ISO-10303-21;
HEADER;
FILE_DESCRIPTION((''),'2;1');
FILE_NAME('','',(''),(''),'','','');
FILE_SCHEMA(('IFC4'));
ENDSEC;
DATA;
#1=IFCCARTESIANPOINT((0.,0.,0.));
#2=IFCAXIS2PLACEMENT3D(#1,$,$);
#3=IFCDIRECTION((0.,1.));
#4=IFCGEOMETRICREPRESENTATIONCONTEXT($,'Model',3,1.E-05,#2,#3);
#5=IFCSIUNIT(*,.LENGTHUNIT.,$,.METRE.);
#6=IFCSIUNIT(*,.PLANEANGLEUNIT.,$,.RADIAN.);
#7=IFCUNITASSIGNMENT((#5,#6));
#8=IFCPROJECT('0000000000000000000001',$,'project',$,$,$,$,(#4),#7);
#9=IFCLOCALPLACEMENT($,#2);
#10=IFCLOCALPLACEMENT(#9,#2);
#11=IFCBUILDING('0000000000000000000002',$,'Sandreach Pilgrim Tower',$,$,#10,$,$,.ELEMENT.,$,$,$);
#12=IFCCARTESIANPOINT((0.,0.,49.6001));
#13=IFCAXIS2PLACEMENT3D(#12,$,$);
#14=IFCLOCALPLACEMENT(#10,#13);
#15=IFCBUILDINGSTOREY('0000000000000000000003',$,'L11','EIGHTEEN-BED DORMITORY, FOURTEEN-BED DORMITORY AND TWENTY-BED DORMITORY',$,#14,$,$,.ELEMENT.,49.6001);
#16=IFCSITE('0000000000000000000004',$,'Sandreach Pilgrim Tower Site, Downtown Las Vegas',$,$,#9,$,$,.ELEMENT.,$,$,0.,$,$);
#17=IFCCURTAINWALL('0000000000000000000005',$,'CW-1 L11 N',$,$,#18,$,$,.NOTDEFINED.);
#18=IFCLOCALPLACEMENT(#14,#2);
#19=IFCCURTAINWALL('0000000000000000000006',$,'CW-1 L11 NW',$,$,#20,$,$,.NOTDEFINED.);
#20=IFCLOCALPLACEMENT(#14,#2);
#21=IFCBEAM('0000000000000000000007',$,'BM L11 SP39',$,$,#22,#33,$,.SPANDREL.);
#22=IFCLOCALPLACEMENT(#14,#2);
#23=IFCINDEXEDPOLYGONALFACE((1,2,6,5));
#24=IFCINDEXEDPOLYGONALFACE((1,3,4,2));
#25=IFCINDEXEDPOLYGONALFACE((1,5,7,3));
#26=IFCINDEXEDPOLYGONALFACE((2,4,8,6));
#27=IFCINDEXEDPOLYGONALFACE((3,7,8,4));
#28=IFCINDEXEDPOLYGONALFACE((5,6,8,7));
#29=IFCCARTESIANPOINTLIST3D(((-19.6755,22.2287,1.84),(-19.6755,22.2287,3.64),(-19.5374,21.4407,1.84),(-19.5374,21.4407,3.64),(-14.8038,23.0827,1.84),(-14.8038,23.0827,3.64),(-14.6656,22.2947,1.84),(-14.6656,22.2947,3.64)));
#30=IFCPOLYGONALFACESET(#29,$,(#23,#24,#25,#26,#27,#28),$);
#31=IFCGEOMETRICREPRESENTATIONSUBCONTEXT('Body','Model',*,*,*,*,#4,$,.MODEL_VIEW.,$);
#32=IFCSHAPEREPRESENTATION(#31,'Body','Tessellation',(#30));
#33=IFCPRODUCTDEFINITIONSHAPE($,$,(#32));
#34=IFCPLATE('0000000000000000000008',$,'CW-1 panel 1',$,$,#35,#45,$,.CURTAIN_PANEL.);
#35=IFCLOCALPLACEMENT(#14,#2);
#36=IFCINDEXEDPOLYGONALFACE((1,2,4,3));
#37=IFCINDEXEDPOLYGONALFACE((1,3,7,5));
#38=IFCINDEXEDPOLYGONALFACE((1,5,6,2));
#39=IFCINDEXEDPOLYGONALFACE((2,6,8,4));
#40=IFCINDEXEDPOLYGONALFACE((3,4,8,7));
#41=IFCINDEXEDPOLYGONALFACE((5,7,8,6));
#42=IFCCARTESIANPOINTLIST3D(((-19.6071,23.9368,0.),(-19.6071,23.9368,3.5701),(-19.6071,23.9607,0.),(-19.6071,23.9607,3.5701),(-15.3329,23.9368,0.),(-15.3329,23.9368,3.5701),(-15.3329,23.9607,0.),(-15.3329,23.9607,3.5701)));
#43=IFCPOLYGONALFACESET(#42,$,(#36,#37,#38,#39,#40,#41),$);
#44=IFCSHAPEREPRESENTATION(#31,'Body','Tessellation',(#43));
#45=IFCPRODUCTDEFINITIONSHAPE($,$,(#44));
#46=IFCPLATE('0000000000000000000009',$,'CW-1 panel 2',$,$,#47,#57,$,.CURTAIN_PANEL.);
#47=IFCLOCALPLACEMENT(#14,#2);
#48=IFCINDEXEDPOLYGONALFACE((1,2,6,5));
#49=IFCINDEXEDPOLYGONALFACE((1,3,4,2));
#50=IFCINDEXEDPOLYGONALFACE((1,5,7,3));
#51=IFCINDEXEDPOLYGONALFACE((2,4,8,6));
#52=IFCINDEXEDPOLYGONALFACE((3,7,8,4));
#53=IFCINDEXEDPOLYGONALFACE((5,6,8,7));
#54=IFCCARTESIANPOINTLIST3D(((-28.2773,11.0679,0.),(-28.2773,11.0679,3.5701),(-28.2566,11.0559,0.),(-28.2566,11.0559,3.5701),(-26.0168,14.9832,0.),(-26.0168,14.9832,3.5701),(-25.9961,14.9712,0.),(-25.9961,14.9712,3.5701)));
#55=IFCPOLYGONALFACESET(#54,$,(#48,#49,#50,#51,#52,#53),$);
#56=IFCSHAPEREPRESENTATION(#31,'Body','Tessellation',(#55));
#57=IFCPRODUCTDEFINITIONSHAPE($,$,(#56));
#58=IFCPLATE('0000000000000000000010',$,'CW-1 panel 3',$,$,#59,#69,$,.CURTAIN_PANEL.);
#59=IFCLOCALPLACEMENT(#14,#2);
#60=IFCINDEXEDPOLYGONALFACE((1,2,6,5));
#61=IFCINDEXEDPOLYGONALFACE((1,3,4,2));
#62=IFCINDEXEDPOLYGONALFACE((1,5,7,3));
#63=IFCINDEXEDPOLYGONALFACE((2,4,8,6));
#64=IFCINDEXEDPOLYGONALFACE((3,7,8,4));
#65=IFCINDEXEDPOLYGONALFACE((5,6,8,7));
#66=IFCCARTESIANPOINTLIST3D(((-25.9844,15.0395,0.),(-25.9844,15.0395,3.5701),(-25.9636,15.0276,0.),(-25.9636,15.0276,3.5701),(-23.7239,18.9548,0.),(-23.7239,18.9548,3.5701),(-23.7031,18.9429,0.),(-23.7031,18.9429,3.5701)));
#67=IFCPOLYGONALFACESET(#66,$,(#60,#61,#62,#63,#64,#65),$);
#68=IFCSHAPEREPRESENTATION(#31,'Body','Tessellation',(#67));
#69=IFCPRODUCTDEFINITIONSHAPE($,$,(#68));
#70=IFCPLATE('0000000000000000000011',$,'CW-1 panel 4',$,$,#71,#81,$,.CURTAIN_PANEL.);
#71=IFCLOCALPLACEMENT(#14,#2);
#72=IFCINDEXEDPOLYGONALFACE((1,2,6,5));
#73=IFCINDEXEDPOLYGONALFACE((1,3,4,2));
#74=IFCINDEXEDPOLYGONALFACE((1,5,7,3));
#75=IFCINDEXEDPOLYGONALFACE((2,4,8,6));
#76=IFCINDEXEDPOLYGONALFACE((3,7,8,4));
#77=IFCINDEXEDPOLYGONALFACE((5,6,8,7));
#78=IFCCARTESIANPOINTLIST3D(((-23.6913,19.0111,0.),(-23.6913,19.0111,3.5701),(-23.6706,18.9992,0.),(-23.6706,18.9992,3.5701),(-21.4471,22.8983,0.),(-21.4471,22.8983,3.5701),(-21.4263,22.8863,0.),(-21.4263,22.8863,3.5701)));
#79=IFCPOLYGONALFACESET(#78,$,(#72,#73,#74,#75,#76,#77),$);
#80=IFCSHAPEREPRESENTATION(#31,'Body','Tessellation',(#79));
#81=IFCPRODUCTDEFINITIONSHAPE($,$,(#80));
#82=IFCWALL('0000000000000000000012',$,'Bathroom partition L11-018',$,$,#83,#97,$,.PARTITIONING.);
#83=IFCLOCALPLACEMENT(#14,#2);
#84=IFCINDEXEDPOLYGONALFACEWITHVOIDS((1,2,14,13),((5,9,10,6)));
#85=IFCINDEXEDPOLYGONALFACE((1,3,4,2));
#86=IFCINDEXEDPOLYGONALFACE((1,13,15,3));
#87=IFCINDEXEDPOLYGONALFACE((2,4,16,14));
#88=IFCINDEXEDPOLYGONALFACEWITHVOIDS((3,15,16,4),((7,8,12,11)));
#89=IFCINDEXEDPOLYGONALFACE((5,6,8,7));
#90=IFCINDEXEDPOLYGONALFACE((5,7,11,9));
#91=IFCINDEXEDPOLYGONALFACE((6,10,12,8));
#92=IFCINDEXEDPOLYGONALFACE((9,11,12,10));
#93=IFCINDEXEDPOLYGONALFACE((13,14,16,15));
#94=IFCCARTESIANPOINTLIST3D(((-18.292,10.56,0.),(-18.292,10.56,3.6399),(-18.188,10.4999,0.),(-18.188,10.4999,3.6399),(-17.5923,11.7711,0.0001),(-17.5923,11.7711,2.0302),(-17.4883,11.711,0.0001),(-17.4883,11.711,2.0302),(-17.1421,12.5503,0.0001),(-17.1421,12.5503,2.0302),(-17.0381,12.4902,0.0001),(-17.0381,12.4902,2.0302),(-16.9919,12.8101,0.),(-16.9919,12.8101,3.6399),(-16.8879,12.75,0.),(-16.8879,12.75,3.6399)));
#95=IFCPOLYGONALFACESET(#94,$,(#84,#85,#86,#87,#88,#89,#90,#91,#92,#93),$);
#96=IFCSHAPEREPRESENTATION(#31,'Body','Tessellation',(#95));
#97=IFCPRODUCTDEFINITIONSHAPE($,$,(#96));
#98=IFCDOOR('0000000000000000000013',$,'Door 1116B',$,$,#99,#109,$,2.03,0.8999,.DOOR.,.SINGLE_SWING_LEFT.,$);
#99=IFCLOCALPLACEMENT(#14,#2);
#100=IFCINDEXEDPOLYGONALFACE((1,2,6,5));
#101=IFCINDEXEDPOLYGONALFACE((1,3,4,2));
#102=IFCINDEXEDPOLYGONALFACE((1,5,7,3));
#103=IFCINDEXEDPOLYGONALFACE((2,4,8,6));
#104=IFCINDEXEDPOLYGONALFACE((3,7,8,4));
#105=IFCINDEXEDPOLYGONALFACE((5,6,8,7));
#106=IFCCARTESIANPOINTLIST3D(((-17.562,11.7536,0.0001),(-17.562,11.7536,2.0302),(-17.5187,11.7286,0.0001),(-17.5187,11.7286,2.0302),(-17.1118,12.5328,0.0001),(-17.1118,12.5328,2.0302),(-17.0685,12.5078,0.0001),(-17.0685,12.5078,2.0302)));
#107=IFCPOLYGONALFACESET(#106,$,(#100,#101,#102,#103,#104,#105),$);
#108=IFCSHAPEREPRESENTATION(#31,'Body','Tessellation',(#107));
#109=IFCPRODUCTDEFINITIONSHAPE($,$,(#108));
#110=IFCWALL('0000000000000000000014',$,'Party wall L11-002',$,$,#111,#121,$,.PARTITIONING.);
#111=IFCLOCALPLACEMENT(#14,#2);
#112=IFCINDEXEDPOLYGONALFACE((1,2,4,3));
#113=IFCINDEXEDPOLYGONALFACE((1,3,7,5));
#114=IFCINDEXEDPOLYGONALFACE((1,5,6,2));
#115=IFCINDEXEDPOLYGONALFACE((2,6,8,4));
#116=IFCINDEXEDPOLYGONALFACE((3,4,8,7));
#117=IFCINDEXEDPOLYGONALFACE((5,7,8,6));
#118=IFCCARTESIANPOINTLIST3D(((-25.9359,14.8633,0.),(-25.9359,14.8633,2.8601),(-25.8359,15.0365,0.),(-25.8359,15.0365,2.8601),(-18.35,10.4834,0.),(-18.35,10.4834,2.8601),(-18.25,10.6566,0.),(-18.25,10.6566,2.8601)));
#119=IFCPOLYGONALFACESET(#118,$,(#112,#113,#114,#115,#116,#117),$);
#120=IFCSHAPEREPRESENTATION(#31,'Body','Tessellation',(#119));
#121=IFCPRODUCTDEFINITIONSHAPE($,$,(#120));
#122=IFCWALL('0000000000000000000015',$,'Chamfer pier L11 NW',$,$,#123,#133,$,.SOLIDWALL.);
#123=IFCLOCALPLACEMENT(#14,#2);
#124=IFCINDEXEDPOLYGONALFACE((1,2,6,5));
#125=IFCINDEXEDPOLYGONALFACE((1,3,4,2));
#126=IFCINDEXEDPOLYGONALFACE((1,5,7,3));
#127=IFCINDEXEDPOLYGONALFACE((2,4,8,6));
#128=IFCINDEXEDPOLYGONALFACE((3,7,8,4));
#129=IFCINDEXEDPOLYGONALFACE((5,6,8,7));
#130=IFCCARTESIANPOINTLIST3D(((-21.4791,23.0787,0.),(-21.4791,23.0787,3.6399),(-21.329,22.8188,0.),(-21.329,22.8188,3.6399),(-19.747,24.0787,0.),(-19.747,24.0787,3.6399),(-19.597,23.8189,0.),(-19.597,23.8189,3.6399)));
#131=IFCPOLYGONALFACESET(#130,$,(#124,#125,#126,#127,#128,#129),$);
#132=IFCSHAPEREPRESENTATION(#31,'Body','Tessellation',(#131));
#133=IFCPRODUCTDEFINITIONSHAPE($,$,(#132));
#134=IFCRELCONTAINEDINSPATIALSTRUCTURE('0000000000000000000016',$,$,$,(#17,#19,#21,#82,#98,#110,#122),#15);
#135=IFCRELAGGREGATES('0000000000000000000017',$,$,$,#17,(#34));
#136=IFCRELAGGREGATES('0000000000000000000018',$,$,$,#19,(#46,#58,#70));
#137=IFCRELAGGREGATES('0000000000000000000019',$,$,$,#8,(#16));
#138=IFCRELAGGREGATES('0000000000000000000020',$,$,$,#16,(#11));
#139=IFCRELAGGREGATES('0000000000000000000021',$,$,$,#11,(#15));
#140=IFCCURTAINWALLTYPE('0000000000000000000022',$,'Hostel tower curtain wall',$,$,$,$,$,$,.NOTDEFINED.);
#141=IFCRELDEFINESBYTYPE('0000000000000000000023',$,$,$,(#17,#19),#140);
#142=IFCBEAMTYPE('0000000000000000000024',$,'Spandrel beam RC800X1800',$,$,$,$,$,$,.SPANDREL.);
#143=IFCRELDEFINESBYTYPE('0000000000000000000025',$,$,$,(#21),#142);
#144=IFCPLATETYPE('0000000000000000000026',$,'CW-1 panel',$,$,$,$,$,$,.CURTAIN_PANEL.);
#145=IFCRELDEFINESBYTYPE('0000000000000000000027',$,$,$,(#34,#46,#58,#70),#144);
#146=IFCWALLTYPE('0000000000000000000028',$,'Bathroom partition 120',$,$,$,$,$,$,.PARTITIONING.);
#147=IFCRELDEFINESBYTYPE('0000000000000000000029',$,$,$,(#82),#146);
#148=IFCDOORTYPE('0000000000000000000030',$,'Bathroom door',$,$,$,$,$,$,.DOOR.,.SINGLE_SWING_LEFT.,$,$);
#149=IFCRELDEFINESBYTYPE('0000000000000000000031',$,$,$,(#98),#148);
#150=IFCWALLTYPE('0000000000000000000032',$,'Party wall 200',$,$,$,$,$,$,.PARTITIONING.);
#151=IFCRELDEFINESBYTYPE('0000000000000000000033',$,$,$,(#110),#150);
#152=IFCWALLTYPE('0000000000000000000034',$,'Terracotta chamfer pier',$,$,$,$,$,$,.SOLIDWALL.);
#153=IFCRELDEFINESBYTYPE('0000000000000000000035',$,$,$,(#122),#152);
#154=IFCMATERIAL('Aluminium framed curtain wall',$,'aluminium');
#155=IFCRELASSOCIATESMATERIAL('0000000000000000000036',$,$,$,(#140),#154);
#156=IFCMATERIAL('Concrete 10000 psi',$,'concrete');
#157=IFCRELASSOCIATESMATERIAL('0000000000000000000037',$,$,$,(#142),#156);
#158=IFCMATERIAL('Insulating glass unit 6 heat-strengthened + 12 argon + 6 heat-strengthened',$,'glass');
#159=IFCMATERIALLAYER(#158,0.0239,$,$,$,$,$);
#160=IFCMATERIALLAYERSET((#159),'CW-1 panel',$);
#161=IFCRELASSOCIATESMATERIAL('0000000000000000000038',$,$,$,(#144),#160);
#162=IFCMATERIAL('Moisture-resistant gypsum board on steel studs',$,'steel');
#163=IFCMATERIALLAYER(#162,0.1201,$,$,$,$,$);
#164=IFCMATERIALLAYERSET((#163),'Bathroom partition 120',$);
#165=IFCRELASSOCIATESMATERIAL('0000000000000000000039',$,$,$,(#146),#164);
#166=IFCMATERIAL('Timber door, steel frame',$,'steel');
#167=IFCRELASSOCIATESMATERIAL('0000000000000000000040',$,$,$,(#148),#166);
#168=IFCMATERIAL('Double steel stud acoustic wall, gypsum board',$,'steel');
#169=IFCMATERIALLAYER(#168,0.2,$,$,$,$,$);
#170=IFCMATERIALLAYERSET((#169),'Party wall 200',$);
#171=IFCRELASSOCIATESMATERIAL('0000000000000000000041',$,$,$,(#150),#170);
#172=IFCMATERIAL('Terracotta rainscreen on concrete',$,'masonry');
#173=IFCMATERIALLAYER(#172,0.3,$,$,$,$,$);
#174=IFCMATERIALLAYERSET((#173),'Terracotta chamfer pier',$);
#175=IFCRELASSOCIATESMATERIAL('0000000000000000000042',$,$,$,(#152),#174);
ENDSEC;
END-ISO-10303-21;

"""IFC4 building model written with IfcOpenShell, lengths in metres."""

from ifc_helpers import new_model, si_unit, direction, frame, frame_2d, origin, origin_2d, place, context, subcontext, project, spatial, rectangle, extrude, material, layer, layer_set, material_profile, profile_set, type_object, element, fill, aggregate, save


model = new_model("IFC4")

# Units and contexts
model_context = context("Model", 3, precision=1e-05, world=origin(), true_north=direction((0.0, 1.0)))
body_context = subcontext(model_context, "Body", "Model", "MODEL_VIEW")
ifc_project = project(units=[si_unit("LENGTHUNIT", "METRE"), si_unit("PLANEANGLEUNIT", "RADIAN")], contexts=[model_context])

# Site, building, storey
site_placement = place(None, origin())
site = spatial("IfcSite", under=ifc_project, at=site_placement, Name="Sandreach Pilgrim Tower Site, Downtown Las Vegas", CompositionType="ELEMENT", RefElevation=0.0)
building_placement = place(site_placement, origin())
building = spatial("IfcBuilding", under=site, at=building_placement, Name="Sandreach Pilgrim Tower", CompositionType="ELEMENT")
storey_placement = place(building_placement, frame((0.0, 0.0, 49.6001)))
storey = spatial("IfcBuildingStorey", under=building, at=storey_placement, Name="L11", Description="EIGHTEEN-BED DORMITORY, FOURTEEN-BED DORMITORY AND TWENTY-BED DORMITORY", CompositionType="ELEMENT", Elevation=49.6001)

# Curtain wall
ifc_material_1 = material(Name="Aluminium framed curtain wall", Category="aluminium")
curtain_wall_type = type_object("IfcCurtainWallType", Name="Hostel tower curtain wall", PredefinedType="NOTDEFINED", material=ifc_material_1)
curtain_wall_1_placement = place(storey_placement, origin())
curtain_wall_1 = element("IfcCurtainWall", 1, at=curtain_wall_1_placement, inside=storey, type_object=curtain_wall_type, Name="CW-1 L11 N", PredefinedType="NOTDEFINED")

# Curtain wall
curtain_wall_2_placement = place(storey_placement, origin())
curtain_wall_2 = element("IfcCurtainWall", 2, at=curtain_wall_2_placement, inside=storey, type_object=curtain_wall_type, Name="CW-1 L11 NW", PredefinedType="NOTDEFINED")

# Beam
ifc_material_2 = material(Name="Concrete 10000 psi", Category="concrete")
ifc_material_profile_1 = material_profile(ifc_material_2, rectangle(XDim=0.8, YDim=1.8, at=origin_2d()), Name="RC800X1800")
ifc_profile_set_1 = profile_set([ifc_material_profile_1], Name="Concrete 10000 psi")
beam_type_1 = type_object("IfcBeamType", Name="Spandrel beam RC800X1800", PredefinedType="SPANDREL", material=ifc_profile_set_1)
beam_1_placement = place(storey_placement, frame((-19.6064, 21.8347, 2.74), z_axis=(0.984981, 0.172662, 0.0), x_axis=(-0.172662, 0.984981, 0.0)))
element("IfcBeam", 3, at=beam_1_placement, inside=storey, type_object=beam_type_1, Name="BM L11 SP39", PredefinedType="SPANDREL", context=body_context, shape_type="SweptSolid", body=[
    extrude(rectangle(XDim=0.8, YDim=1.8, at=origin_2d()), origin(), (0.0, 0.0, 1.0), 4.946),
])

# Plates
ifc_material_3 = material(Name="Insulating glass unit 6 heat-strengthened + 12 argon + 6 heat-strengthened", Category="glass")
ifc_layer_1 = layer(ifc_material_3, 0.0239)
ifc_layer_set_1 = layer_set([ifc_layer_1], Name="CW-1 panel")
plate_type = type_object("IfcPlateType", Name="CW-1 panel", PredefinedType="CURTAIN_PANEL", material=ifc_layer_set_1)
plate_1_placement = place(storey_placement, frame((-17.47, 23.9487, 0.0), z_axis=(0.0, 0.0, 1.0), x_axis=(1.0, 0.0, 0.0)))
plate_1 = element("IfcPlate", 4, at=plate_1_placement, type_object=plate_type, Name="CW-1 panel 1", PredefinedType="CURTAIN_PANEL", context=body_context, shape_type="SweptSolid", body=[
    extrude(rectangle(XDim=4.2742, YDim=0.0239, at=origin_2d()), origin(), (0.0, 0.0, 1.0), 3.5701),
])
aggregate(curtain_wall_1, [plate_1])
plate_2_placement = place(storey_placement, frame((-27.1367, 13.0195, 0.0), z_axis=(0.0, 0.0, 1.0), x_axis=(0.5, 0.866025, 0.0)))
plate_2 = element("IfcPlate", 5, at=plate_2_placement, type_object=plate_type, Name="CW-1 panel 2", PredefinedType="CURTAIN_PANEL", context=body_context, shape_type="SweptSolid", body=[
    extrude(rectangle(XDim=4.521, YDim=0.0239, at=origin_2d()), origin(), (0.0, 0.0, 1.0), 3.5701),
])
plate_3_placement = place(storey_placement, frame((-24.8438, 16.9912, 0.0), z_axis=(0.0, 0.0, 1.0), x_axis=(0.5, 0.866025, 0.0)))
plate_3 = element("IfcPlate", 6, at=plate_3_placement, type_object=plate_type, Name="CW-1 panel 3", PredefinedType="CURTAIN_PANEL", context=body_context, shape_type="SweptSolid", body=[
    extrude(rectangle(XDim=4.521, YDim=0.0239, at=origin_2d()), origin(), (0.0, 0.0, 1.0), 3.5701),
])
plate_4_placement = place(storey_placement, frame((-22.5588, 20.9487, 0.0), z_axis=(0.0, 0.0, 1.0), x_axis=(0.5, 0.866025, 0.0)))
plate_4 = element("IfcPlate", 7, at=plate_4_placement, type_object=plate_type, Name="CW-1 panel 4", PredefinedType="CURTAIN_PANEL", context=body_context, shape_type="SweptSolid", body=[
    extrude(rectangle(XDim=4.4885, YDim=0.0239, at=origin_2d()), origin(), (0.0, 0.0, 1.0), 3.5701),
])
aggregate(curtain_wall_2, [plate_2, plate_3, plate_4])

# Wall, opening, door
ifc_material_4 = material(Name="Moisture-resistant gypsum board on steel studs", Category="steel")
ifc_layer_2 = layer(ifc_material_4, 0.1201)
ifc_layer_set_2 = layer_set([ifc_layer_2], Name="Bathroom partition 120")
wall_type_1 = type_object("IfcWallType", Name="Bathroom partition 120", PredefinedType="PARTITIONING", material=ifc_layer_set_2)
wall_1_placement = place(storey_placement, frame((-16.9399, 12.78, 0.0), z_axis=(0.0, 0.0, 1.0), x_axis=(-0.500292, -0.865857, 0.0)))
wall_1 = element("IfcWall", 8, at=wall_1_placement, inside=storey, type_object=wall_type_1, Name="Bathroom partition L11-018", PredefinedType="PARTITIONING", context=body_context, shape_type="SweptSolid", body=[
    extrude(rectangle(XDim=2.5986, YDim=0.1201, at=frame_2d((1.2993, 0.0))), origin(), (0.0, 0.0, 1.0), 3.6399),
])
opening_placement = place(wall_1_placement, frame((0.3, 0.0, 0.0)))
opening = element("IfcOpeningElement", 9, at=opening_placement, cuts=wall_1, PredefinedType="OPENING", context=body_context, shape_type="SweptSolid", body=[
    extrude(rectangle(XDim=0.8999, YDim=2.03, at=frame_2d((0.45, 1.0151))), frame((0.0, 0.0601, 0.0), z_axis=(0.0, -1.0, 0.0), x_axis=(1.0, 0.0, 0.0)), (0.0, 0.0, 1.0), 0.1201),
])
ifc_material_5 = material(Name="Timber door, steel frame", Category="steel")
door_type = type_object("IfcDoorType", Name="Bathroom door", OperationType="SINGLE_SWING_LEFT", PredefinedType="DOOR", material=ifc_material_5)
door_placement = place(opening_placement, origin())
door = element("IfcDoor", 10, at=door_placement, inside=storey, type_object=door_type, Name="Door 1116B", OperationType="SINGLE_SWING_LEFT", OverallHeight=2.03, OverallWidth=0.8999, PredefinedType="DOOR", context=body_context, shape_type="SweptSolid", body=[
    extrude(rectangle(XDim=0.8999, YDim=2.03, at=frame_2d((0.45, 1.0151))), frame((0.0, 0.0249, 0.0), z_axis=(0.0, -1.0, 0.0), x_axis=(1.0, 0.0, 0.0)), (0.0, 0.0, 1.0), 0.05),
])
fill(opening, door)

# Walls
ifc_material_6 = material(Name="Double steel stud acoustic wall, gypsum board", Category="steel")
ifc_layer_3 = layer(ifc_material_6, 0.2)
ifc_layer_set_3 = layer_set([ifc_layer_3], Name="Party wall 200")
wall_type_2 = type_object("IfcWallType", Name="Party wall 200", PredefinedType="PARTITIONING", material=ifc_layer_set_3)
wall_2_placement = place(storey_placement, frame((-25.886, 14.95, 0.0), z_axis=(0.0, 0.0, 1.0), x_axis=(0.866018, -0.500012, 0.0)))
element("IfcWall", 11, at=wall_2_placement, inside=storey, type_object=wall_type_2, Name="Party wall L11-002", PredefinedType="PARTITIONING", context=body_context, shape_type="SweptSolid", body=[
    extrude(rectangle(XDim=8.7595, YDim=0.2, at=frame_2d((4.3799, 0.0))), origin(), (0.0, 0.0, 1.0), 2.8601),
])
ifc_material_7 = material(Name="Terracotta rainscreen on concrete", Category="masonry")
ifc_layer_4 = layer(ifc_material_7, 0.3)
ifc_layer_set_4 = layer_set([ifc_layer_4], Name="Terracotta chamfer pier")
wall_type_3 = type_object("IfcWallType", Name="Terracotta chamfer pier", PredefinedType="SOLIDWALL", material=ifc_layer_set_4)
wall_3_placement = place(storey_placement, frame((-21.4041, 22.9487, 0.0), z_axis=(0.0, 0.0, 1.0), x_axis=(0.866011, 0.500025, 0.0)))
element("IfcWall", 12, at=wall_3_placement, inside=storey, type_object=wall_type_3, Name="Chamfer pier L11 NW", PredefinedType="SOLIDWALL", context=body_context, shape_type="SweptSolid", body=[
    extrude(rectangle(XDim=2.0, YDim=0.3, at=frame_2d((1.0, 0.0))), origin(), (0.0, 0.0, 1.0), 3.6399),
])

save(model, "model.ifc")
